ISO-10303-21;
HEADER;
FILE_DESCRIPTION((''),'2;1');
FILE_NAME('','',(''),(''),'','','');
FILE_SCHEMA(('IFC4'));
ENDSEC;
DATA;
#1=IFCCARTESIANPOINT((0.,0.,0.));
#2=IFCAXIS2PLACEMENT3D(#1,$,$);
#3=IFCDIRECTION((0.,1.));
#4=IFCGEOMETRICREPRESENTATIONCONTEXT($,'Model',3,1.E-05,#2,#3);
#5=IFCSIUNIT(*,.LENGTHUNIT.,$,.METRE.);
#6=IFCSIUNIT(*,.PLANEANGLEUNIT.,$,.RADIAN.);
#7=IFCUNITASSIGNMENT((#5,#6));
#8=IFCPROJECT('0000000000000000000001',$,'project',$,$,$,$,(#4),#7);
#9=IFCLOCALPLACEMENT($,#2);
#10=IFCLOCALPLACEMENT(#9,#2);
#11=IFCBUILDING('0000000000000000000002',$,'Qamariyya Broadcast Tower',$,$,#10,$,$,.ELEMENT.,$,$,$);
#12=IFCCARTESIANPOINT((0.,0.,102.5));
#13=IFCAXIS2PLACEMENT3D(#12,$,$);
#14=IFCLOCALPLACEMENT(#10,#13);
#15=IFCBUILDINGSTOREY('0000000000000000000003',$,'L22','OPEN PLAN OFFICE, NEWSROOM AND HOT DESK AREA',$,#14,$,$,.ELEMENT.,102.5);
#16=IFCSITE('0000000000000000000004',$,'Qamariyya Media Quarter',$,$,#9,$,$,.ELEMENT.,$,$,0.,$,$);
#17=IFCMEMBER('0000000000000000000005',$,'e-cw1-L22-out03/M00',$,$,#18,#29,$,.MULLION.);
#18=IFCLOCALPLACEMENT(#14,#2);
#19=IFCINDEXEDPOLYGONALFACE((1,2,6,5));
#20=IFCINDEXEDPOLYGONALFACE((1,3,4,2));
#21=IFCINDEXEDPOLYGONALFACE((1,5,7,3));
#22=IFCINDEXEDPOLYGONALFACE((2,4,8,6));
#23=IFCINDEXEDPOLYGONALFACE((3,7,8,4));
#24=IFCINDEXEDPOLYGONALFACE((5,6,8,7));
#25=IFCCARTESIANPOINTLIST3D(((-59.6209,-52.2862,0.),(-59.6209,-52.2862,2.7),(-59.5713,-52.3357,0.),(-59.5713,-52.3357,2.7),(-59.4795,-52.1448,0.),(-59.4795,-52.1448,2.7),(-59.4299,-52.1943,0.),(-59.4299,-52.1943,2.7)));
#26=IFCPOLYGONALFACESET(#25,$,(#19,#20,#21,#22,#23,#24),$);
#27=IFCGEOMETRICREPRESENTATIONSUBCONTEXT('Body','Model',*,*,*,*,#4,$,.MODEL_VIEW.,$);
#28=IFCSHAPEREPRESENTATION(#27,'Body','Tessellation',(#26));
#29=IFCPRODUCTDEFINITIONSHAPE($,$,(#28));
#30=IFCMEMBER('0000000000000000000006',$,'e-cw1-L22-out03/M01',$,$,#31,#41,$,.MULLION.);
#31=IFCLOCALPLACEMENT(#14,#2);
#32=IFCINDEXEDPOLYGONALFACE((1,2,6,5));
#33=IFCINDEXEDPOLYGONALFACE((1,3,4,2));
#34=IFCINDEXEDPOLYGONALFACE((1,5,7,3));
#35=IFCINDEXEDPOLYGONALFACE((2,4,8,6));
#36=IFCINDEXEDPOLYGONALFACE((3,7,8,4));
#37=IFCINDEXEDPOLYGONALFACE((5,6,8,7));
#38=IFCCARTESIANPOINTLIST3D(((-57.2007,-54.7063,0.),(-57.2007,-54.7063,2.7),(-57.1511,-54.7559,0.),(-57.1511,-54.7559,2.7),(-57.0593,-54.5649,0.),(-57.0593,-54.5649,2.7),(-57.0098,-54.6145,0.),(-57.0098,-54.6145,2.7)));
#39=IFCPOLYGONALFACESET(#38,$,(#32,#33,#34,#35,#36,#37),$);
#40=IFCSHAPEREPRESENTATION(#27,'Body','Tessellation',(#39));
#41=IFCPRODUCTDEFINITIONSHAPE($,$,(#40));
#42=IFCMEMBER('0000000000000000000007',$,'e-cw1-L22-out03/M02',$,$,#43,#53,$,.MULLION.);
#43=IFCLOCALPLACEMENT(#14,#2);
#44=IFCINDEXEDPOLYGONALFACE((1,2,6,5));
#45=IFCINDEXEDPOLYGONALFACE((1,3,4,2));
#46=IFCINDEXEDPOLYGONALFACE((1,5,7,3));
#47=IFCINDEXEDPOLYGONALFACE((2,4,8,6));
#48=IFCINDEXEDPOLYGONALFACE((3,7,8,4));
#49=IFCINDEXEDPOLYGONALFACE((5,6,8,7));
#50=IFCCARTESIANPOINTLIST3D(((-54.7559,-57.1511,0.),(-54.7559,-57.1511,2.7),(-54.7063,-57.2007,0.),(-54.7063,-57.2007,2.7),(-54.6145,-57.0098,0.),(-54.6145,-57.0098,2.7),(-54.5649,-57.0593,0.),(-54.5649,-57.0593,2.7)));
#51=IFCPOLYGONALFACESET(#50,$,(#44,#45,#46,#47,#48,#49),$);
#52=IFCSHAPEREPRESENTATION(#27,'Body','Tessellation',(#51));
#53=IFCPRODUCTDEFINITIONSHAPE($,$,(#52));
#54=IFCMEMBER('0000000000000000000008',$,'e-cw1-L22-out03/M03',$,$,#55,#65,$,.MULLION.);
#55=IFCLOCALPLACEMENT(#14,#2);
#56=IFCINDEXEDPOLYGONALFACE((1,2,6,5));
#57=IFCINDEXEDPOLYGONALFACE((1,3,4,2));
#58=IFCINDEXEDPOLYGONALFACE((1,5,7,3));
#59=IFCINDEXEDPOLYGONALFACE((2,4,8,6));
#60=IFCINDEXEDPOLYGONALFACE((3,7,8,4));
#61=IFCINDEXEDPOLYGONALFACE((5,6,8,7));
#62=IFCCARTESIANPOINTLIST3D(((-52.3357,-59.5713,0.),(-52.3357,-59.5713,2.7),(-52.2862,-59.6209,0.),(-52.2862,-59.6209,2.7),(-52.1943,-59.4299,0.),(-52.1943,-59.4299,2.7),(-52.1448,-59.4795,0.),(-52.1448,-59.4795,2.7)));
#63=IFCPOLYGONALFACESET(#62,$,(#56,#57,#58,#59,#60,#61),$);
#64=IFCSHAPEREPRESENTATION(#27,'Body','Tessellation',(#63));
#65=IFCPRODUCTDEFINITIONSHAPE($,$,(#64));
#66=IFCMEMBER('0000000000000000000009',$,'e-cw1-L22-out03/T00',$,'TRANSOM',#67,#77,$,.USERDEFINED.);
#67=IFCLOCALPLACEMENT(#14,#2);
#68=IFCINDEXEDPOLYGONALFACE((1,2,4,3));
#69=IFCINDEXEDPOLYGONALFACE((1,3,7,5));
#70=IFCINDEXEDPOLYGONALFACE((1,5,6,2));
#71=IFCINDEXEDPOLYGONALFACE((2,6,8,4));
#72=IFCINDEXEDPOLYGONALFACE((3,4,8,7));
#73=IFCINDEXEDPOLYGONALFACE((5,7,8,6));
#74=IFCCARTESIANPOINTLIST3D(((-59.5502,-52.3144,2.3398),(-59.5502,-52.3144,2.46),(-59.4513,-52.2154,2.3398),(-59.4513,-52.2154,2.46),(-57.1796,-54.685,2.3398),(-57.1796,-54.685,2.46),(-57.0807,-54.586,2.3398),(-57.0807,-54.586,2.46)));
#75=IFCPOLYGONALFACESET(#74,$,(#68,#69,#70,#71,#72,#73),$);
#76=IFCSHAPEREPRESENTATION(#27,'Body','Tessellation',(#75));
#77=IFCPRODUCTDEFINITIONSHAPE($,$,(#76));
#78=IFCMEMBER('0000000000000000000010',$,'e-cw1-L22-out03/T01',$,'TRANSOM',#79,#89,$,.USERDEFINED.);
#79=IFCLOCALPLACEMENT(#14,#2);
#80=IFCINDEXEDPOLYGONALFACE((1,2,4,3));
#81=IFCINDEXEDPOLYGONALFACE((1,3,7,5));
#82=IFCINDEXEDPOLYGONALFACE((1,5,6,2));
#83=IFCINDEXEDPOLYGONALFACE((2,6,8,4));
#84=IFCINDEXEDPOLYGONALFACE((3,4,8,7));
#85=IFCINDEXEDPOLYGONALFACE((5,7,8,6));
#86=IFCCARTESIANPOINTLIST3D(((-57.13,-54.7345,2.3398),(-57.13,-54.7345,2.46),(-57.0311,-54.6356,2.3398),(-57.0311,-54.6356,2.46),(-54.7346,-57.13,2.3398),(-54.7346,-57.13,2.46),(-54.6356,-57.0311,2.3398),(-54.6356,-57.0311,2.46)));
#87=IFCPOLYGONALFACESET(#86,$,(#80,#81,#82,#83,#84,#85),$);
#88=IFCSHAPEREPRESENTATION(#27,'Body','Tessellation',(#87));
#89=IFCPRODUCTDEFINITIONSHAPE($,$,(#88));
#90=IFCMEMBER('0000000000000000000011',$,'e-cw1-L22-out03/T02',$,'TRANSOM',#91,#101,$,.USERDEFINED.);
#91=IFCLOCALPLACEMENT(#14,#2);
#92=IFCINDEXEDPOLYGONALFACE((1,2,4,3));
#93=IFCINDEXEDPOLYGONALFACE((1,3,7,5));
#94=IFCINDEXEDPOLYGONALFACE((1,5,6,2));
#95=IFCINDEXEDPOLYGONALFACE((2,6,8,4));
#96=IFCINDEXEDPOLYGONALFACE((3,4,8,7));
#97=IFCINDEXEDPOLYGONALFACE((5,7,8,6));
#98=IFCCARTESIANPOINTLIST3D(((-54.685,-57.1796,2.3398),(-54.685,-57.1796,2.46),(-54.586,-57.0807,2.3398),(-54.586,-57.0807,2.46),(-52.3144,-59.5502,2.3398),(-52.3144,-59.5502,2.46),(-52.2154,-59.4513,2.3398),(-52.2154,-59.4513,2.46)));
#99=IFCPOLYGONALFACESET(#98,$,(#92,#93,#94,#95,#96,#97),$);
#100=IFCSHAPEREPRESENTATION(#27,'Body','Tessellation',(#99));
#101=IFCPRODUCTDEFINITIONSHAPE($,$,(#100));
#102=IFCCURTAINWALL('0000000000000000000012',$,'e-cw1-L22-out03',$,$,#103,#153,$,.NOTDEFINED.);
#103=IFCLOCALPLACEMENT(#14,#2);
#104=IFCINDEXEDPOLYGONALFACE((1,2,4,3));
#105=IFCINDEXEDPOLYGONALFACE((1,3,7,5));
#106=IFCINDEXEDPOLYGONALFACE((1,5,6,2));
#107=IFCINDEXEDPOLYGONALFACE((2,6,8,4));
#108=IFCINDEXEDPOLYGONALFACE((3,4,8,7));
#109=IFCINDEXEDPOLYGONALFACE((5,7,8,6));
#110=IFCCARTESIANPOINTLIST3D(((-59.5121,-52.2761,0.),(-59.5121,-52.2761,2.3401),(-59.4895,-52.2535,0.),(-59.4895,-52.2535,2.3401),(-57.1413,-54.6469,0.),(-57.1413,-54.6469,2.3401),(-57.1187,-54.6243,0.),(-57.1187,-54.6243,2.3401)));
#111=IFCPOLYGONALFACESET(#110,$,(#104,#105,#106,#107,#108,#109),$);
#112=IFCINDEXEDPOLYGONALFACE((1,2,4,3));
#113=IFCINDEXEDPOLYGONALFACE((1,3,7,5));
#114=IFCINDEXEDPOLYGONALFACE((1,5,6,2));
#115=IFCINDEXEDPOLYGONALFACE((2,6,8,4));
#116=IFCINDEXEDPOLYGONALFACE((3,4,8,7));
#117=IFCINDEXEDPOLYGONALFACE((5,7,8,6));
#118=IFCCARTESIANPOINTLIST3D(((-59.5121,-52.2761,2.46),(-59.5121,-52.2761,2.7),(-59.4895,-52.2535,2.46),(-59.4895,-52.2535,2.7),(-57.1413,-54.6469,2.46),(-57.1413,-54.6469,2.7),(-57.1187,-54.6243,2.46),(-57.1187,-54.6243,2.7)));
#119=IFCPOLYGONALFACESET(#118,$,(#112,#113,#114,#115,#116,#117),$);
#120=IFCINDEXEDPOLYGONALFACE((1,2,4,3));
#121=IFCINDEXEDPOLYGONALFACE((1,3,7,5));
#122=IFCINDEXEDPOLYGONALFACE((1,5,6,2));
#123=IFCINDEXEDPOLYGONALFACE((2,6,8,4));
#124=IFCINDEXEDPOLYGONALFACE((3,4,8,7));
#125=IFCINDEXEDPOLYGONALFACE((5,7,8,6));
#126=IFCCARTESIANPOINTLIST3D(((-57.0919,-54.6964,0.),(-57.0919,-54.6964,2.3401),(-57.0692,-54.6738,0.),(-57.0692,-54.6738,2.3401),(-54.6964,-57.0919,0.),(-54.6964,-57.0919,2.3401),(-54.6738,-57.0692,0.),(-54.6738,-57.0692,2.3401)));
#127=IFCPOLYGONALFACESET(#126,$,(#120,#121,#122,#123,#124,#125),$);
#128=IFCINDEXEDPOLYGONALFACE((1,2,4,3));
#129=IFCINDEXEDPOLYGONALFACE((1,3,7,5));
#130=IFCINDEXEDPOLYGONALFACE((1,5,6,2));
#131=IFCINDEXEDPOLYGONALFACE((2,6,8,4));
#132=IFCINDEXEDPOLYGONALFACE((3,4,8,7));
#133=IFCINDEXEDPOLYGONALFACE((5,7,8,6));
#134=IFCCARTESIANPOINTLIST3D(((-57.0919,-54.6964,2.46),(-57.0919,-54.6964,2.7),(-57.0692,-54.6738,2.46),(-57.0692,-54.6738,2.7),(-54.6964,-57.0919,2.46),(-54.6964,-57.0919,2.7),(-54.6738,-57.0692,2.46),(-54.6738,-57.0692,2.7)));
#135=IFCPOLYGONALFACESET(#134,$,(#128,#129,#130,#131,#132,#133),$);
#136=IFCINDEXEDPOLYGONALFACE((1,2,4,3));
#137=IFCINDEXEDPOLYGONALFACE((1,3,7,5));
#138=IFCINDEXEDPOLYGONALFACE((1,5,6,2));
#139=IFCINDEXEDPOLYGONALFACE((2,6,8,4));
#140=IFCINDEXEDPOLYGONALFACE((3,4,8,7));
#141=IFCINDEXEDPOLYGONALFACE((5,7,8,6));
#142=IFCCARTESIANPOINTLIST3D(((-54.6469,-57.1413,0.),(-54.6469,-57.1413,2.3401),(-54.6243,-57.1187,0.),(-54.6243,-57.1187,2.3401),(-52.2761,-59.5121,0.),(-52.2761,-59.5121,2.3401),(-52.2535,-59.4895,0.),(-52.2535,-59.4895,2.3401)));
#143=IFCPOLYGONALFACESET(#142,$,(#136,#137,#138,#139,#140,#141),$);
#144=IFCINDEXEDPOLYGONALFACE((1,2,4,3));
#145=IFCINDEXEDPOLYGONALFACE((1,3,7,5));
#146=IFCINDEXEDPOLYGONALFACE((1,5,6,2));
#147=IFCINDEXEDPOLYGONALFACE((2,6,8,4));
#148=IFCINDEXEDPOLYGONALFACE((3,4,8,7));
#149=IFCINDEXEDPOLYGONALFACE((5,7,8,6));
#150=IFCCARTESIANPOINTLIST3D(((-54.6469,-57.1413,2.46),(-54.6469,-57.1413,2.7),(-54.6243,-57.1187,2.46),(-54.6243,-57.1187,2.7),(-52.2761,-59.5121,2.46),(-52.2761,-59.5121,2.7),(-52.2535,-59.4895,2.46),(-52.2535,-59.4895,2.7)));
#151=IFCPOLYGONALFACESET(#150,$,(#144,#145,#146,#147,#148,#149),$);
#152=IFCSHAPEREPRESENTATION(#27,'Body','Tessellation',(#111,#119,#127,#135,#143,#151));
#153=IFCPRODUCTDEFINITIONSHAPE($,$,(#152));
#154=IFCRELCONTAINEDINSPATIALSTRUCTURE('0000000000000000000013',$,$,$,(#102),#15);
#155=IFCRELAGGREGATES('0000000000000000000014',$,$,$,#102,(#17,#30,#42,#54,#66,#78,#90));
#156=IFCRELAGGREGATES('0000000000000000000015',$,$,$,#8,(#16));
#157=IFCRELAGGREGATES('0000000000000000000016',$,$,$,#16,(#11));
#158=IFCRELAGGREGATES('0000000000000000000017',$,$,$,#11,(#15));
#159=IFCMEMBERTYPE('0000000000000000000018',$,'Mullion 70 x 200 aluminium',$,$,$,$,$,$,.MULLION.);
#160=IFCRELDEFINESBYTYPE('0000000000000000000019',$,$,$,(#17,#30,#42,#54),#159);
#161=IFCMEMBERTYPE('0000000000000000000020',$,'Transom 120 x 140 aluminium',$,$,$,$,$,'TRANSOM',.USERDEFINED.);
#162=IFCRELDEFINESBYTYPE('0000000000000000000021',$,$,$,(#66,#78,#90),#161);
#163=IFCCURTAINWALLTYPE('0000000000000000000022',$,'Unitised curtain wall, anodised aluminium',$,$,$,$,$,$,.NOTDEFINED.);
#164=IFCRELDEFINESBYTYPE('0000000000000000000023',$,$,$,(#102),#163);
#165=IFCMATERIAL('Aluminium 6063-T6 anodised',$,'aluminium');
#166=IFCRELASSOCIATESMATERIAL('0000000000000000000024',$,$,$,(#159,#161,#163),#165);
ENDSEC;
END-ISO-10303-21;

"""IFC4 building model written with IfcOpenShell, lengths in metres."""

from ifc_helpers import new_model, si_unit, direction, frame, origin, origin_2d, place, context, subcontext, project, spatial, rectangle, extrude, material, material_profile, profile_set, type_object, element, aggregate, save


model = new_model("IFC4")

# Units and contexts
model_context = context("Model", 3, precision=1e-05, world=origin(), true_north=direction((0.0, 1.0)))
body_context = subcontext(model_context, "Body", "Model", "MODEL_VIEW")
ifc_project = project(units=[si_unit("LENGTHUNIT", "METRE"), si_unit("PLANEANGLEUNIT", "RADIAN")], contexts=[model_context])

# Members
ifc_material = material(Name="Aluminium 6063-T6 anodised", Category="aluminium")
ifc_material_profile_1 = material_profile(ifc_material, rectangle(XDim=0.2, YDim=0.0701, at=origin_2d()))
ifc_profile_set_1 = profile_set([ifc_material_profile_1], Name="Aluminium 6063-T6 anodised")
member_type_1 = type_object("IfcMemberType", Name="Mullion 70 x 200 aluminium", PredefinedType="MULLION", material=ifc_profile_set_1)
site_placement = place(None, origin())
building_placement = place(site_placement, origin())
storey_placement = place(building_placement, frame((0.0, 0.0, 102.5)))
member_1_placement = place(storey_placement, frame((-59.5254, -52.2402, 0.0), z_axis=(0.0, 0.0, 1.0), x_axis=(0.707107, 0.707107, 0.0)))
member_1 = element("IfcMember", 1, at=member_1_placement, type_object=member_type_1, Name="e-cw1-L22-out03/M00", PredefinedType="MULLION", context=body_context, shape_type="SweptSolid", body=[
    extrude(rectangle(XDim=0.2, YDim=0.0701, at=origin_2d()), origin(), (0.0, 0.0, 1.0), 2.7),
])
member_2_placement = place(storey_placement, frame((-57.1052, -54.6604, 0.0), z_axis=(0.0, 0.0, 1.0), x_axis=(0.707107, 0.707107, 0.0)))
member_2 = element("IfcMember", 2, at=member_2_placement, type_object=member_type_1, Name="e-cw1-L22-out03/M01", PredefinedType="MULLION", context=body_context, shape_type="SweptSolid", body=[
    extrude(rectangle(XDim=0.2, YDim=0.0701, at=origin_2d()), origin(), (0.0, 0.0, 1.0), 2.7),
])
member_3_placement = place(storey_placement, frame((-54.6604, -57.1052, 0.0), z_axis=(0.0, 0.0, 1.0), x_axis=(0.707107, 0.707107, 0.0)))
member_3 = element("IfcMember", 3, at=member_3_placement, type_object=member_type_1, Name="e-cw1-L22-out03/M02", PredefinedType="MULLION", context=body_context, shape_type="SweptSolid", body=[
    extrude(rectangle(XDim=0.2, YDim=0.0701, at=origin_2d()), origin(), (0.0, 0.0, 1.0), 2.7),
])
member_4_placement = place(storey_placement, frame((-52.2402, -59.5254, 0.0), z_axis=(0.0, 0.0, 1.0), x_axis=(0.707107, 0.707107, 0.0)))
member_4 = element("IfcMember", 4, at=member_4_placement, type_object=member_type_1, Name="e-cw1-L22-out03/M03", PredefinedType="MULLION", context=body_context, shape_type="SweptSolid", body=[
    extrude(rectangle(XDim=0.2, YDim=0.0701, at=origin_2d()), origin(), (0.0, 0.0, 1.0), 2.7),
])
ifc_material_profile_2 = material_profile(ifc_material, rectangle(XDim=0.1399, YDim=0.1201, at=origin_2d()))
ifc_profile_set_2 = profile_set([ifc_material_profile_2], Name="Aluminium 6063-T6 anodised")
member_type_2 = type_object("IfcMemberType", Name="Transom 120 x 140 aluminium", ElementType="TRANSOM", PredefinedType="USERDEFINED", material=ifc_profile_set_2)
member_5_placement = place(storey_placement, frame((-59.5007, -52.2649, 2.3999), z_axis=(0.707107, -0.707107, 0.0), x_axis=(0.707107, 0.707107, 0.0)))
member_5 = element("IfcMember", 5, at=member_5_placement, type_object=member_type_2, Name="e-cw1-L22-out03/T00", ObjectType="TRANSOM", PredefinedType="USERDEFINED", context=body_context, shape_type="SweptSolid", body=[
    extrude(rectangle(XDim=0.1399, YDim=0.1201, at=origin_2d()), origin(), (0.0, 0.0, 1.0), 3.3525),
])
member_6_placement = place(storey_placement, frame((-57.0806, -54.6851, 2.3999), z_axis=(0.707107, -0.707107, 0.0), x_axis=(0.707107, 0.707107, 0.0)))
member_6 = element("IfcMember", 6, at=member_6_placement, type_object=member_type_2, Name="e-cw1-L22-out03/T01", ObjectType="TRANSOM", PredefinedType="USERDEFINED", context=body_context, shape_type="SweptSolid", body=[
    extrude(rectangle(XDim=0.1399, YDim=0.1201, at=origin_2d()), origin(), (0.0, 0.0, 1.0), 3.3877),
])
member_7_placement = place(storey_placement, frame((-54.6355, -57.1301, 2.3999), z_axis=(0.707107, -0.707107, 0.0), x_axis=(0.707107, 0.707107, 0.0)))
member_7 = element("IfcMember", 7, at=member_7_placement, type_object=member_type_2, Name="e-cw1-L22-out03/T02", ObjectType="TRANSOM", PredefinedType="USERDEFINED", context=body_context, shape_type="SweptSolid", body=[
    extrude(rectangle(XDim=0.1399, YDim=0.1201, at=origin_2d()), origin(), (0.0, 0.0, 1.0), 3.3525),
])

# Site, building, storey
site = spatial("IfcSite", under=ifc_project, at=site_placement, Name="Qamariyya Media Quarter", CompositionType="ELEMENT", RefElevation=0.0)
building = spatial("IfcBuilding", under=site, at=building_placement, Name="Qamariyya Broadcast Tower", CompositionType="ELEMENT")
storey = spatial("IfcBuildingStorey", under=building, at=storey_placement, Name="L22", Description="OPEN PLAN OFFICE, NEWSROOM AND HOT DESK AREA", CompositionType="ELEMENT", Elevation=102.5)

# Curtain wall
curtain_wall_type = type_object("IfcCurtainWallType", Name="Unitised curtain wall, anodised aluminium", PredefinedType="NOTDEFINED", material=ifc_material)
curtain_wall_1_placement = place(storey_placement, origin())
curtain_wall_1 = element("IfcCurtainWall", 8, at=curtain_wall_1_placement, inside=storey, type_object=curtain_wall_type, Name="e-cw1-L22-out03", PredefinedType="NOTDEFINED", context=body_context, shape_type="SweptSolid", body=[
    extrude(rectangle(XDim=3.3528, YDim=0.032, at=origin_2d()), frame((-58.3154, -53.4502, 0.0), x_axis=(0.707107, -0.707107, 0.0)), (0.0, 0.0, 1.0), 2.3401),
    extrude(rectangle(XDim=3.3528, YDim=0.032, at=origin_2d()), frame((-58.3154, -53.4502, 2.46), x_axis=(0.707107, -0.707107, 0.0)), (0.0, 0.0, 1.0), 0.24),
    extrude(rectangle(XDim=3.3877, YDim=0.032, at=origin_2d()), frame((-55.8828, -55.8828, 0.0), x_axis=(0.707107, -0.707107, 0.0)), (0.0, 0.0, 1.0), 2.3401),
    extrude(rectangle(XDim=3.3877, YDim=0.032, at=origin_2d()), frame((-55.8828, -55.8828, 2.46), x_axis=(0.707107, -0.707107, 0.0)), (0.0, 0.0, 1.0), 0.24),
    extrude(rectangle(XDim=3.3528, YDim=0.032, at=origin_2d()), frame((-53.4502, -58.3154, 0.0), x_axis=(0.707107, -0.707107, 0.0)), (0.0, 0.0, 1.0), 2.3401),
    extrude(rectangle(XDim=3.3528, YDim=0.032, at=origin_2d()), frame((-53.4502, -58.3154, 2.46), x_axis=(0.707107, -0.707107, 0.0)), (0.0, 0.0, 1.0), 0.24),
])
aggregate(curtain_wall_1, [member_1, member_2, member_3, member_4, member_5, member_6, member_7])

save(model, "model.ifc")
